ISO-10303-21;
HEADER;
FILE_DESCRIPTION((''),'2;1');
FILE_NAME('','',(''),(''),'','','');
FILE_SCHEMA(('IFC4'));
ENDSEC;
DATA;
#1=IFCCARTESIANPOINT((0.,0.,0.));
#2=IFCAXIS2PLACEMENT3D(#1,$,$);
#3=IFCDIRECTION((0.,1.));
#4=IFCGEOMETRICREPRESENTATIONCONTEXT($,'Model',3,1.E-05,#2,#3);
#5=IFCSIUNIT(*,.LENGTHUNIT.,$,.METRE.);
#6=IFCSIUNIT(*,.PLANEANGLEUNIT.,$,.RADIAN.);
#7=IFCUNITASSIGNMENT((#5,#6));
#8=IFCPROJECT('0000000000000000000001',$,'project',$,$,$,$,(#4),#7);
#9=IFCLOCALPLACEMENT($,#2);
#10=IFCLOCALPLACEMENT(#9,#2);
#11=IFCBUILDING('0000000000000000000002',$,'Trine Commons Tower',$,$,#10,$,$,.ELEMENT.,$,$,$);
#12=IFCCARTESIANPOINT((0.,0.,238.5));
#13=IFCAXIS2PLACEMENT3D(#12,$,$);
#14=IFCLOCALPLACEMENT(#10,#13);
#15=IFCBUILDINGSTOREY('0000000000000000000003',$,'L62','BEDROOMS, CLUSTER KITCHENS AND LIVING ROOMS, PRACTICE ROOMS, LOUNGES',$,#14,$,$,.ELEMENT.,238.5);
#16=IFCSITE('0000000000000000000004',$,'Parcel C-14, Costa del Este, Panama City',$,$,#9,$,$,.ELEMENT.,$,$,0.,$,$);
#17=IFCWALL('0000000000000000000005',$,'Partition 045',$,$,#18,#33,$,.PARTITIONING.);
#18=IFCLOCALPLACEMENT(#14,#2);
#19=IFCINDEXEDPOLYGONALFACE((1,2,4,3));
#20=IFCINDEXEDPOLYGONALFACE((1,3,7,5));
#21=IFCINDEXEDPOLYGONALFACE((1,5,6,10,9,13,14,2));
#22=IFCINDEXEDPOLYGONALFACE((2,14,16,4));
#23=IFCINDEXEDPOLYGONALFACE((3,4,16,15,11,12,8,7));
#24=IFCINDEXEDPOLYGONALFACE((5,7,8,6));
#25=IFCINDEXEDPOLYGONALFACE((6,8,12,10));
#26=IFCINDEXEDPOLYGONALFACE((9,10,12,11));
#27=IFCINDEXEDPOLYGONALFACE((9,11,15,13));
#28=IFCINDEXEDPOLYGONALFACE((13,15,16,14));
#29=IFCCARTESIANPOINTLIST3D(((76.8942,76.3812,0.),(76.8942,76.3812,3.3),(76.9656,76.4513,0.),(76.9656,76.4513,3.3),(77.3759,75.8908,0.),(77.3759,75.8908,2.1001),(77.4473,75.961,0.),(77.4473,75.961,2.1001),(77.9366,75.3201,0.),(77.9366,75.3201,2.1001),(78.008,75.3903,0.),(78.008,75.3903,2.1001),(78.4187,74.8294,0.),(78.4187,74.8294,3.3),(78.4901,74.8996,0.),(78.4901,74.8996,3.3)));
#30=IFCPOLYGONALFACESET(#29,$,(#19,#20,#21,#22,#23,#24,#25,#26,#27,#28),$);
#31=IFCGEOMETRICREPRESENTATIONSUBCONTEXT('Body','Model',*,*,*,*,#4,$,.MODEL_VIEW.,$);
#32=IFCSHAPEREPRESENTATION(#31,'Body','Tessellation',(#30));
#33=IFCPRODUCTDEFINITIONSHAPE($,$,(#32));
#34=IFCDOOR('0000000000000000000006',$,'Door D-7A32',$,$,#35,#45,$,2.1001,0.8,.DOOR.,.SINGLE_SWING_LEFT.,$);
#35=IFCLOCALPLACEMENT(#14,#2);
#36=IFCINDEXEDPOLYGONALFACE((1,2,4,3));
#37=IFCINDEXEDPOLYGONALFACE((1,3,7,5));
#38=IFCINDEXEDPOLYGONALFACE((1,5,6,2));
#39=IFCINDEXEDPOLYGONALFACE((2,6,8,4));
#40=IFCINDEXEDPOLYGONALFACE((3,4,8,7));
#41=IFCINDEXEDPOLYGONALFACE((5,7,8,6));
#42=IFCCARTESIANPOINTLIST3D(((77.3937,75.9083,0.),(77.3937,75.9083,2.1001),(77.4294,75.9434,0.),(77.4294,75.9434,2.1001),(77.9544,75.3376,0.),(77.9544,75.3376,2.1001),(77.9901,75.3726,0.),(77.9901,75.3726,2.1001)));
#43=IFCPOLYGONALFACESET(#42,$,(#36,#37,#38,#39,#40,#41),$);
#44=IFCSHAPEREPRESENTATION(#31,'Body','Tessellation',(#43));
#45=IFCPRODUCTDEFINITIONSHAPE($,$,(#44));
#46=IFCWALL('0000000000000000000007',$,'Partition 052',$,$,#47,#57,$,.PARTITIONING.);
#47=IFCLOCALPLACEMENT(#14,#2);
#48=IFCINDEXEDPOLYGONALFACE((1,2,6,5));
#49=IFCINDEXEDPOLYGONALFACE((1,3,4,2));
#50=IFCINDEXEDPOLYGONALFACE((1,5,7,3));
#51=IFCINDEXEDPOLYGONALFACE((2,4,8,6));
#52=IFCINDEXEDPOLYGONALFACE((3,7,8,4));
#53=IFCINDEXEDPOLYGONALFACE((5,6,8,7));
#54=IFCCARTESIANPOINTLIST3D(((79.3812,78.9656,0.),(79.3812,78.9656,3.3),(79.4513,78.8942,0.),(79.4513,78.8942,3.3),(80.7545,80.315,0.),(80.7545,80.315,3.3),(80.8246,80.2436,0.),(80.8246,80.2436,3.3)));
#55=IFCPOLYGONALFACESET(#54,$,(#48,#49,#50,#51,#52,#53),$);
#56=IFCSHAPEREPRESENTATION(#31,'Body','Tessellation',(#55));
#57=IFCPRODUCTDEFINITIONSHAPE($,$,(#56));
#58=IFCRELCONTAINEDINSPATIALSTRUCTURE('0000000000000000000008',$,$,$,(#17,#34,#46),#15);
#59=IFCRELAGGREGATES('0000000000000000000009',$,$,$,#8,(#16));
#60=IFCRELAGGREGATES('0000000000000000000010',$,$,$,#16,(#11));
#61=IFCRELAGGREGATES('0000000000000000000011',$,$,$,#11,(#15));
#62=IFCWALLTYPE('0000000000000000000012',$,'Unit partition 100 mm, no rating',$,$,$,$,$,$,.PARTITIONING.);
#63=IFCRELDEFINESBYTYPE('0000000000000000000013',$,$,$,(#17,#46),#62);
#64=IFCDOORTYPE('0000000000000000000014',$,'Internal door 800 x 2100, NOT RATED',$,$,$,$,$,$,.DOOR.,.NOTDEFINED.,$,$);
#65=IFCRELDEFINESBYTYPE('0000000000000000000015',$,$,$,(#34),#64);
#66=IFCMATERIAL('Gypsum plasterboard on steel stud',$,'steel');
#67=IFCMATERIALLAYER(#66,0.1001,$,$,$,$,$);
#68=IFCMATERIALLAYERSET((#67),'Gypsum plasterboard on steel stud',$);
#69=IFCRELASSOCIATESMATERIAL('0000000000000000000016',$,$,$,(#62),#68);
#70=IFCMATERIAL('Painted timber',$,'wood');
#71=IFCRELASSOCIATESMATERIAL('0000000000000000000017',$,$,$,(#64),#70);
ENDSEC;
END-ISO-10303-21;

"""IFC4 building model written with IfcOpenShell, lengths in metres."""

from ifc_helpers import new_model, si_unit, direction, frame, frame_2d, origin, place, context, subcontext, project, spatial, rectangle, extrude, material, layer, layer_set, type_object, element, fill, save


model = new_model("IFC4")

# Units and contexts
model_context = context("Model", 3, precision=1e-05, world=origin(), true_north=direction((0.0, 1.0)))
body_context = subcontext(model_context, "Body", "Model", "MODEL_VIEW")
ifc_project = project(units=[si_unit("LENGTHUNIT", "METRE"), si_unit("PLANEANGLEUNIT", "RADIAN")], contexts=[model_context])

# Site, building, storey
site_placement = place(None, origin())
site = spatial("IfcSite", under=ifc_project, at=site_placement, Name="Parcel C-14, Costa del Este, Panama City", CompositionType="ELEMENT", RefElevation=0.0)
building_placement = place(site_placement, origin())
building = spatial("IfcBuilding", under=site, at=building_placement, Name="Trine Commons Tower", CompositionType="ELEMENT")
storey_placement = place(building_placement, frame((0.0, 0.0, 238.5)))
storey = spatial("IfcBuildingStorey", under=building, at=storey_placement, Name="L62", Description="BEDROOMS, CLUSTER KITCHENS AND LIVING ROOMS, PRACTICE ROOMS, LOUNGES", CompositionType="ELEMENT", Elevation=238.5)

# Shared definitions
ifc_material_1 = material(Name="Gypsum plasterboard on steel stud", Category="steel")

# Shared definitions
ifc_material_2 = material(Name="Painted timber", Category="wood")

# Shared definitions
ifc_layer_1 = layer(ifc_material_1, 0.1001)
ifc_layer_set_1 = layer_set([ifc_layer_1], Name="Gypsum plasterboard on steel stud")
wall_type_1 = type_object("IfcWallType", Name="Unit partition 100 mm, no rating", PredefinedType="PARTITIONING", material=ifc_layer_set_1)
door_type_1 = type_object("IfcDoorType", Name="Internal door 800 x 2100, NOT RATED", OperationType="NOTDEFINED", PredefinedType="DOOR", material=ifc_material_2)

# Wall, opening, door
wall_1_placement = place(storey_placement, frame((76.9299, 76.4163, 0.0), z_axis=(0.0, 0.0, 1.0), x_axis=(0.700794, -0.713364, 0.0)))
wall_1 = element("IfcWall", 1, at=wall_1_placement, inside=storey, type_object=wall_type_1, Name="Partition 045", PredefinedType="PARTITIONING", context=body_context, shape_type="SweptSolid", body=[
    extrude(rectangle(XDim=2.1753, YDim=0.1001, at=frame_2d((1.0876, 0.0))), origin(), (0.0, 0.0, 1.0), 3.3),
])
opening_1_placement = place(wall_1_placement, frame((0.6875, 0.0, 0.0)))
opening_1 = element("IfcOpeningElement", 2, at=opening_1_placement, cuts=wall_1, PredefinedType="OPENING", context=body_context, shape_type="SweptSolid", body=[
    extrude(rectangle(XDim=0.8, YDim=2.1001, at=frame_2d((0.3999, 1.05))), frame((0.0, 0.0601, 0.0), z_axis=(0.0, -1.0, 0.0), x_axis=(1.0, 0.0, 0.0)), (0.0, 0.0, 1.0), 0.1201),
])
door_1_placement = place(opening_1_placement, origin())
door_1 = element("IfcDoor", 3, at=door_1_placement, inside=storey, type_object=door_type_1, Name="Door D-7A32", OperationType="SINGLE_SWING_LEFT", OverallHeight=2.1001, OverallWidth=0.8, PredefinedType="DOOR", context=body_context, shape_type="SweptSolid", body=[
    extrude(rectangle(XDim=0.8, YDim=2.1001, at=frame_2d((0.3999, 1.05))), frame((0.0, 0.0249, 0.0), z_axis=(0.0, -1.0, 0.0), x_axis=(1.0, 0.0, 0.0)), (0.0, 0.0, 1.0), 0.05),
])
fill(opening_1, door_1)

# Wall
wall_2_placement = place(storey_placement, frame((79.4163, 78.9299, 0.0), z_axis=(0.0, 0.0, 1.0), x_axis=(0.713293, 0.700866, 0.0)))
element("IfcWall", 4, at=wall_2_placement, inside=storey, type_object=wall_type_1, Name="Partition 052", PredefinedType="PARTITIONING", context=body_context, shape_type="SweptSolid", body=[
    extrude(rectangle(XDim=1.9253, YDim=0.1001, at=frame_2d((0.9626, 0.0))), origin(), (0.0, 0.0, 1.0), 3.3),
])

save(model, "model.ifc")
